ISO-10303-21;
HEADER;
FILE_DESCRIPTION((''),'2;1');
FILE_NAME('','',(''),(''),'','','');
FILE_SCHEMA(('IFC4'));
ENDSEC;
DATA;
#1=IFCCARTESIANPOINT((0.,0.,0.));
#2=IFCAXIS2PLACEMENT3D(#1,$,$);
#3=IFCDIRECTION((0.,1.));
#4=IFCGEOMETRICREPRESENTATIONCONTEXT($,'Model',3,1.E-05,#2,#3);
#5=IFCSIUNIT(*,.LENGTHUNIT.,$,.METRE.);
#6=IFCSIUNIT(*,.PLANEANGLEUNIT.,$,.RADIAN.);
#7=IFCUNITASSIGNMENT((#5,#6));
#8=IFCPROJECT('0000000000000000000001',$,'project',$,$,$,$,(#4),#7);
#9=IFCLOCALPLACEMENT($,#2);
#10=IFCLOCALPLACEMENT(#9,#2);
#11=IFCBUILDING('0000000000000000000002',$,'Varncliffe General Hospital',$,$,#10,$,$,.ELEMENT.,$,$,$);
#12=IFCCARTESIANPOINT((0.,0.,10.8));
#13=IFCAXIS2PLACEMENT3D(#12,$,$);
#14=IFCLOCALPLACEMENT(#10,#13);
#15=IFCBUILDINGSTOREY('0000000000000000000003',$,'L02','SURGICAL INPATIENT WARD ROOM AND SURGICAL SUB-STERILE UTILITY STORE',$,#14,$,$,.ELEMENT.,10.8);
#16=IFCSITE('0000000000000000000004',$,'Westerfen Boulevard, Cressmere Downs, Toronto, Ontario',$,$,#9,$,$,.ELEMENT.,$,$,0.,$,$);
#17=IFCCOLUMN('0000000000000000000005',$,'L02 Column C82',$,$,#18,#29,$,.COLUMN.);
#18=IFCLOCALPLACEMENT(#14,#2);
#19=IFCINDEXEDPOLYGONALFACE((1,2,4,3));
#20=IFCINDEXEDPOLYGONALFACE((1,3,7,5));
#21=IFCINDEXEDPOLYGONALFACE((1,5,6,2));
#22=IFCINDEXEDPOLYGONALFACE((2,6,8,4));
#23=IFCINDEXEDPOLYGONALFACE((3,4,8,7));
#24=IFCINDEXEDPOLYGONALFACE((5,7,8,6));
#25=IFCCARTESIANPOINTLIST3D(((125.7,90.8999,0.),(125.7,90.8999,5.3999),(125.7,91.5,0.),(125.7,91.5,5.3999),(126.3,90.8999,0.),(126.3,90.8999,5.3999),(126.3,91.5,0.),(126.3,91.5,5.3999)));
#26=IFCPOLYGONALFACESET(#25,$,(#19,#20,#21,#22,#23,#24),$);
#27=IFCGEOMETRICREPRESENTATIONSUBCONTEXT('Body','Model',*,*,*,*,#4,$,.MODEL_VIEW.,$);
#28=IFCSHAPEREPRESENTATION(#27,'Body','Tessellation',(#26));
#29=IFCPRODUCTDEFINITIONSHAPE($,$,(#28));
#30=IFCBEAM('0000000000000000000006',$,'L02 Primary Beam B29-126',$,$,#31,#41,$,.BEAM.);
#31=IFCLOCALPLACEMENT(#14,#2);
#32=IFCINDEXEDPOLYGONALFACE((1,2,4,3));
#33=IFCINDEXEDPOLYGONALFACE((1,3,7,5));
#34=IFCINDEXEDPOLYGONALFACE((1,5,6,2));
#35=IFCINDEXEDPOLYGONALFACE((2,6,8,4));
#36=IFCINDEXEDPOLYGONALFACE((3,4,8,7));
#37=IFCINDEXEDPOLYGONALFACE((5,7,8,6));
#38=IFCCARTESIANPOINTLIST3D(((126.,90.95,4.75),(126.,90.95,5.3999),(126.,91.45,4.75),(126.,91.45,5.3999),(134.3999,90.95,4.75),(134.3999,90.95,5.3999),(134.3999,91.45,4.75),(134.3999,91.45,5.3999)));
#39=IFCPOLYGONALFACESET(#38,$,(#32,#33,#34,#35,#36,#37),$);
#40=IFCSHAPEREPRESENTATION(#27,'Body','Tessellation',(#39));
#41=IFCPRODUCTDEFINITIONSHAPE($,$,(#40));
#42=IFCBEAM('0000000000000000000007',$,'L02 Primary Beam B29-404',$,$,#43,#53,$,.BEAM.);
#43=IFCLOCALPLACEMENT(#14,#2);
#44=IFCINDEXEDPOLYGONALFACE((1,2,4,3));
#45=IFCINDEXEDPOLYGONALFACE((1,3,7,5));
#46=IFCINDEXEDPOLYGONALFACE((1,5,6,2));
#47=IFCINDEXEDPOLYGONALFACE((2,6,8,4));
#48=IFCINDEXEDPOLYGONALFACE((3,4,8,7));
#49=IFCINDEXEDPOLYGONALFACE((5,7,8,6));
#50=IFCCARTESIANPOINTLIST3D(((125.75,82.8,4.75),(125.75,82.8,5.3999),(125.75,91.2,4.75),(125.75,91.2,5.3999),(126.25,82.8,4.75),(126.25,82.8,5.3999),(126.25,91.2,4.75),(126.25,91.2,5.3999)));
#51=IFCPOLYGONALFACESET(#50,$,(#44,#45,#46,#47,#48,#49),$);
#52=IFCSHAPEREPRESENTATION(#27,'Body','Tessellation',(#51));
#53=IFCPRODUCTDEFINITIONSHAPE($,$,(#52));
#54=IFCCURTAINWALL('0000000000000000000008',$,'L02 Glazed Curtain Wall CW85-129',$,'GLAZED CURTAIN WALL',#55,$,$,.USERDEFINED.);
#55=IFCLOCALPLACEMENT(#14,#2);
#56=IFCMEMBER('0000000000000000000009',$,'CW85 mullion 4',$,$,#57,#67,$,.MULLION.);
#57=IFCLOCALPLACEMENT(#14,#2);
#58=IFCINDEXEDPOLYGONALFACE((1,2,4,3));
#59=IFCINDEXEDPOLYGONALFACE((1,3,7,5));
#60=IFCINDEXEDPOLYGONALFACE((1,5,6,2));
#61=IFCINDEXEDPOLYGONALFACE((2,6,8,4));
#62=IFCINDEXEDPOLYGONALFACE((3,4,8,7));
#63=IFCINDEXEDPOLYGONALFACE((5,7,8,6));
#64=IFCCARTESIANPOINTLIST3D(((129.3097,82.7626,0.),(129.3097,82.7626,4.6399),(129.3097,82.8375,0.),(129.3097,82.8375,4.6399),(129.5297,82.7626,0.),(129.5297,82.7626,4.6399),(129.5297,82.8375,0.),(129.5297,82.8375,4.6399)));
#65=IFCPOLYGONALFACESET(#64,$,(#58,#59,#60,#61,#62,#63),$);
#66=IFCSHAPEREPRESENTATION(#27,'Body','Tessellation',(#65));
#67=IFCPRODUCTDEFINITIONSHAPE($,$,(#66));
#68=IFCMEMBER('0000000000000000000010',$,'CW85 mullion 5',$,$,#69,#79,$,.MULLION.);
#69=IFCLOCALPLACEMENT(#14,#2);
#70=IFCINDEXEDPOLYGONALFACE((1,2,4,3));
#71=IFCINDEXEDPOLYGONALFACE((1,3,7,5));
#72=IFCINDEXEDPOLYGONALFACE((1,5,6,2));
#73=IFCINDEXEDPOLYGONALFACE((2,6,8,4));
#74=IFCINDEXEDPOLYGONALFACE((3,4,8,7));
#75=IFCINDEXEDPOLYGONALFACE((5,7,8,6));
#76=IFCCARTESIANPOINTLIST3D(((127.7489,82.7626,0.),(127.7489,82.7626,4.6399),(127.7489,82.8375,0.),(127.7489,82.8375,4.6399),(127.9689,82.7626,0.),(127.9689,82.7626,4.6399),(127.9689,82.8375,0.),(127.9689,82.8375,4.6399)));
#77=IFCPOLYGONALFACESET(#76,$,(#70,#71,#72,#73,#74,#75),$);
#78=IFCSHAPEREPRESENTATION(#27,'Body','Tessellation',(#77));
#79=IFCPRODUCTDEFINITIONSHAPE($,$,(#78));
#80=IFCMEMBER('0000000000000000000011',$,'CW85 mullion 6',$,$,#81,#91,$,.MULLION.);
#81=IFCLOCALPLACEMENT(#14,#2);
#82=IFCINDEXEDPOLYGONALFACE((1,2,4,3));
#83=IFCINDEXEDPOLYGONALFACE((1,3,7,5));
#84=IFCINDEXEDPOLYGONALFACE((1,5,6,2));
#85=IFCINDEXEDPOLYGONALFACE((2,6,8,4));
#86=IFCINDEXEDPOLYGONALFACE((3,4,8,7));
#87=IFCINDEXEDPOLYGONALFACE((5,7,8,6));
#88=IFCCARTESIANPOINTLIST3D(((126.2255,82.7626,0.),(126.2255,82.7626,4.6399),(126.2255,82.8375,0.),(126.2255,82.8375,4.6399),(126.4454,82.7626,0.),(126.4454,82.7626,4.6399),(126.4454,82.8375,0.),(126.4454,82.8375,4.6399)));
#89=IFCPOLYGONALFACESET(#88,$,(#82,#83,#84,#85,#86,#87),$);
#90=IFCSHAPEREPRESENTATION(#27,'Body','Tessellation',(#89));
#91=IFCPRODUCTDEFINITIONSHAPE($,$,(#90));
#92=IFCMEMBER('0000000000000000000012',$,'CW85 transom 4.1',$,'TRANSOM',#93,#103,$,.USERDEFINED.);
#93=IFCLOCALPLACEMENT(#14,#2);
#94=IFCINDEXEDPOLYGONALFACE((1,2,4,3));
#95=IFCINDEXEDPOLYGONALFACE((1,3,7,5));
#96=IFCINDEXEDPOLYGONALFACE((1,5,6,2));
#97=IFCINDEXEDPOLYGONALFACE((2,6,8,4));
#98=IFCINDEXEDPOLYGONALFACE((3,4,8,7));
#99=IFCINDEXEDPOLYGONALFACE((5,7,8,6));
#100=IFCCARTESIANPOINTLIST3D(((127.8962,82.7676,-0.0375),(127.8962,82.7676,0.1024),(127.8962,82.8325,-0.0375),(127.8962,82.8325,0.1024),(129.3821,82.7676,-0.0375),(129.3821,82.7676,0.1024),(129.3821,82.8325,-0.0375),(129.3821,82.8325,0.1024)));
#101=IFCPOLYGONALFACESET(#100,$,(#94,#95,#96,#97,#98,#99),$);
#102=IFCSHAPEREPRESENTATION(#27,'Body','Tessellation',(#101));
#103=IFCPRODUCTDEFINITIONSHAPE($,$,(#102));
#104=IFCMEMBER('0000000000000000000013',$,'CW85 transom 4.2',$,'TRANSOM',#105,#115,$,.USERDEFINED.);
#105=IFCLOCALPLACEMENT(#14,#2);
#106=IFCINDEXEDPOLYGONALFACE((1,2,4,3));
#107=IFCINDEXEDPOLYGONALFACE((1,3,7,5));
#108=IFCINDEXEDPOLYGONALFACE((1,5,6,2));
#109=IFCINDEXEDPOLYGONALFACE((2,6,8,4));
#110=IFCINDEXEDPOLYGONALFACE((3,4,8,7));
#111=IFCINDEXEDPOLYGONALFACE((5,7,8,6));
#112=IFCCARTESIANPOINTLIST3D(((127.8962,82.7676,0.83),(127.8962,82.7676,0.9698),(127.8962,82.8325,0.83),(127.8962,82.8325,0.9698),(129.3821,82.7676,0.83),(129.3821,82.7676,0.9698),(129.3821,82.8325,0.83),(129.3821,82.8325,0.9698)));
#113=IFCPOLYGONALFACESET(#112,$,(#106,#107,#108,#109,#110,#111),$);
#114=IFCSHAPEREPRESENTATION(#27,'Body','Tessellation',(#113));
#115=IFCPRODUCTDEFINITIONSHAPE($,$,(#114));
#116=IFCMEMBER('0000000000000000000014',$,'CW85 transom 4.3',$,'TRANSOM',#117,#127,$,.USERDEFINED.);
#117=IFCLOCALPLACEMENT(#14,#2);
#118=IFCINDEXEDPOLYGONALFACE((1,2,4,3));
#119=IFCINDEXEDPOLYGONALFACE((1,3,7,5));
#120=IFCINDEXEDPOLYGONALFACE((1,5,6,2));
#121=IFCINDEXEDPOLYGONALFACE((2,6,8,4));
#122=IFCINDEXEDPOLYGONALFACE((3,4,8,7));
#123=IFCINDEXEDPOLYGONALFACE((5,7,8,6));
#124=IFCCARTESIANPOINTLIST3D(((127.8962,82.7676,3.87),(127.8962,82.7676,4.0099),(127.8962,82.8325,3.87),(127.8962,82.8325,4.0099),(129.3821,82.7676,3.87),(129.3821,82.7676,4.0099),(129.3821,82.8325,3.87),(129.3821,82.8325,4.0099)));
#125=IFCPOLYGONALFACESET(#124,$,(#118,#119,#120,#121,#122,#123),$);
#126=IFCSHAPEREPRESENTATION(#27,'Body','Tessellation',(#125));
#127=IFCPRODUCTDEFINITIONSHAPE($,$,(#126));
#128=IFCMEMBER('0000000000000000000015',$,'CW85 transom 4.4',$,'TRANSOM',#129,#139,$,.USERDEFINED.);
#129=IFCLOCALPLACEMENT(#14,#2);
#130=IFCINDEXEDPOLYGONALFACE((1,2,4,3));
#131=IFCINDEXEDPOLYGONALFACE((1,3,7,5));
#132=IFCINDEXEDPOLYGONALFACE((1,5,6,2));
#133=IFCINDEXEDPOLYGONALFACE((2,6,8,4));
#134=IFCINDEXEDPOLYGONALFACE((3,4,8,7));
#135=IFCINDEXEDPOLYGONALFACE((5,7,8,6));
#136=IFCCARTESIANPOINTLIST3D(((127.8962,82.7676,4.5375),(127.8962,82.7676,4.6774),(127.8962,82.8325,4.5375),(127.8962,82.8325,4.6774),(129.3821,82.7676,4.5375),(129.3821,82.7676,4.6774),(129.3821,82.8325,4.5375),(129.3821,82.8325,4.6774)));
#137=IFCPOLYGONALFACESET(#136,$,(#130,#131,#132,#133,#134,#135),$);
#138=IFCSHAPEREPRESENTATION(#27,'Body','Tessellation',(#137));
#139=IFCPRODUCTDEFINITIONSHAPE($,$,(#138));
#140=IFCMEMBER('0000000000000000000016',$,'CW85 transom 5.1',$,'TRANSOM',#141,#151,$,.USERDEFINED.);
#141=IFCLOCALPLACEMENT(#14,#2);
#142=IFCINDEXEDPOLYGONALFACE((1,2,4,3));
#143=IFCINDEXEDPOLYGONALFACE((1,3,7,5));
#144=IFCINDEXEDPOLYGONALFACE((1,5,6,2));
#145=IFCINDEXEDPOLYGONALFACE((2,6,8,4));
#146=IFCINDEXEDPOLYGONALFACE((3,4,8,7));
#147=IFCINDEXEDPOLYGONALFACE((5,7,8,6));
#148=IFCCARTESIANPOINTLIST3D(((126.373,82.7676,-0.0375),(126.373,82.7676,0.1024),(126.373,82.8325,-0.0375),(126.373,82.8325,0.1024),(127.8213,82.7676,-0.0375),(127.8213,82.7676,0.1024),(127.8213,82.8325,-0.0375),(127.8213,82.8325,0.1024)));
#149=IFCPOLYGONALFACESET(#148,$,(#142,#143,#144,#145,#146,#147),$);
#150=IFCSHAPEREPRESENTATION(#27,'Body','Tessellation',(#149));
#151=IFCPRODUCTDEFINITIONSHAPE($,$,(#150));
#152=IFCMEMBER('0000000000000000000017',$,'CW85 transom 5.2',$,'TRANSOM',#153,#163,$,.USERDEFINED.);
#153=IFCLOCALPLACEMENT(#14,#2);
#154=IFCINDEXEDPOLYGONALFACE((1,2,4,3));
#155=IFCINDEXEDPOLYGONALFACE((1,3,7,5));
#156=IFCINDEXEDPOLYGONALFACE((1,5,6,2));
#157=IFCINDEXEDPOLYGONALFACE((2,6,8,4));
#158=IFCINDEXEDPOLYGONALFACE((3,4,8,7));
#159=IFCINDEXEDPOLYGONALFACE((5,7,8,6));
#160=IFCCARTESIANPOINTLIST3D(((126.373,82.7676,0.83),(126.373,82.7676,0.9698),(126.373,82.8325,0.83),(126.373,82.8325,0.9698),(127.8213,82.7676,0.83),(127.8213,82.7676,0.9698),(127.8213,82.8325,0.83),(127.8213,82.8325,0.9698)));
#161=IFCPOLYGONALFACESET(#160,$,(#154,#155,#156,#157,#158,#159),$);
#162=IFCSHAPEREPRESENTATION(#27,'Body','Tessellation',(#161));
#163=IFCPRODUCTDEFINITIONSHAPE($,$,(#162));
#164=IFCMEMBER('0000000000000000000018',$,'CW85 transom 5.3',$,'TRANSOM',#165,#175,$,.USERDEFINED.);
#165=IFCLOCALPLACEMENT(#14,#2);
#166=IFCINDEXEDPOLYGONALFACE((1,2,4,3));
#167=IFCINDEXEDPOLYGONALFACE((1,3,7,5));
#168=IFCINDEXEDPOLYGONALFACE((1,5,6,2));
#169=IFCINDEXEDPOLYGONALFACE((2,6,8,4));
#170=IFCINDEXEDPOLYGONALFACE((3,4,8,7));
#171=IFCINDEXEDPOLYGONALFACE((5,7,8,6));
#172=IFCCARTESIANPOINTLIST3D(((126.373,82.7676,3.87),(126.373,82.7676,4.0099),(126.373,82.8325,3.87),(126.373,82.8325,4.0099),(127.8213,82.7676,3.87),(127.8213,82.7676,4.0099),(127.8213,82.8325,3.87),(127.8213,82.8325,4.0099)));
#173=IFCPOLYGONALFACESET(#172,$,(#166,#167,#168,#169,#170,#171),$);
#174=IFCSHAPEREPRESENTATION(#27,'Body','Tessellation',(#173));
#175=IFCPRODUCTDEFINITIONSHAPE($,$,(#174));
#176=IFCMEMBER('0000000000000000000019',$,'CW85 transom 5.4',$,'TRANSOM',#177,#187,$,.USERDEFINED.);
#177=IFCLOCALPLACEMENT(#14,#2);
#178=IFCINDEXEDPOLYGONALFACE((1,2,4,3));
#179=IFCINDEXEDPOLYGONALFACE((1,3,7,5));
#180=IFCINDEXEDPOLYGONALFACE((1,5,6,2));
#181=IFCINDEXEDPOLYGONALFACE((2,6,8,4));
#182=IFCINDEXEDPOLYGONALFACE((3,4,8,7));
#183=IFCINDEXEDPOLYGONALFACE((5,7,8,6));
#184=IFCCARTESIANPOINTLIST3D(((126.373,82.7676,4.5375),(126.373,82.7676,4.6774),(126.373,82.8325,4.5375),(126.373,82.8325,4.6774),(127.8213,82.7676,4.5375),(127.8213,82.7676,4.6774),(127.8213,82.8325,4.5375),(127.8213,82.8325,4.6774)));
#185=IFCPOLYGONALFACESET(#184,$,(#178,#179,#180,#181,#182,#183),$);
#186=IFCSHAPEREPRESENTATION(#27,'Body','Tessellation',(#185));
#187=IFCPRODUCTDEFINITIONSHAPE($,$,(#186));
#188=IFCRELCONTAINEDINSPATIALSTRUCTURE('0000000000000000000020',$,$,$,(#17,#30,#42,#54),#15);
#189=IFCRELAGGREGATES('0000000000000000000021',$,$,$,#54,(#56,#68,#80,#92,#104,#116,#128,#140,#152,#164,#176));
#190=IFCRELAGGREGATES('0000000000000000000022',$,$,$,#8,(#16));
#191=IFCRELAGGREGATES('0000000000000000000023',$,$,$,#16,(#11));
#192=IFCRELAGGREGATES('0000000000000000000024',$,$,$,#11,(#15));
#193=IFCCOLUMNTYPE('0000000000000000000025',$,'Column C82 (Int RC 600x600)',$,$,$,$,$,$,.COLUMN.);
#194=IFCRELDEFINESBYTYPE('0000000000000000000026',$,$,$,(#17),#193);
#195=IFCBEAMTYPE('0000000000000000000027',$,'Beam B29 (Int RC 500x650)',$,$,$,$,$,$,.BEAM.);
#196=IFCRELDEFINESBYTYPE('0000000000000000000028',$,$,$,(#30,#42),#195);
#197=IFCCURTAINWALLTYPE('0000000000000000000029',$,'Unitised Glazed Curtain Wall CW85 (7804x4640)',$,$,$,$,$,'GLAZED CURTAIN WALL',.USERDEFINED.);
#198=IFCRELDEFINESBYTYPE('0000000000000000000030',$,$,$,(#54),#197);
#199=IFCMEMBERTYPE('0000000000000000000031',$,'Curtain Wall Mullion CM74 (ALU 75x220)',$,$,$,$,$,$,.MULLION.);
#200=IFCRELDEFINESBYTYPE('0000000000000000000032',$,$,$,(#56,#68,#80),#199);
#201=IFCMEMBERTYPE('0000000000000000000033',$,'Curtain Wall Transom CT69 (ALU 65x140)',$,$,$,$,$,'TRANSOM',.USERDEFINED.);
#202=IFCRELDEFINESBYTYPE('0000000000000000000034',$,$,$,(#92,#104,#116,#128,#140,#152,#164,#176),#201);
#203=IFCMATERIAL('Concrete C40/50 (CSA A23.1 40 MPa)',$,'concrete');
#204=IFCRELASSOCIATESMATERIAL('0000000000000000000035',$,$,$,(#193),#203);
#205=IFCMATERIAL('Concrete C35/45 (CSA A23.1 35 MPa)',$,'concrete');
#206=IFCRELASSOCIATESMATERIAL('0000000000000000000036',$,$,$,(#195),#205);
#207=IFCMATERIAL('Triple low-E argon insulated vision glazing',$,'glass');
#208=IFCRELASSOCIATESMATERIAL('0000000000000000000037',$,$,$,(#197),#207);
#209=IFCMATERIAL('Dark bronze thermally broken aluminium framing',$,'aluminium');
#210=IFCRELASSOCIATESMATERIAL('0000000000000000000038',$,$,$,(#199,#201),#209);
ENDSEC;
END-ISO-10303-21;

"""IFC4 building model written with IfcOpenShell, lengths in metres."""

from ifc_helpers import new_model, si_unit, direction, frame, origin, origin_2d, place, context, subcontext, project, spatial, rectangle, extrude, material, material_profile, profile_set, type_object, element, aggregate, save


model = new_model("IFC4")

# Units and contexts
model_context = context("Model", 3, precision=1e-05, world=origin(), true_north=direction((0.0, 1.0)))
body_context = subcontext(model_context, "Body", "Model", "MODEL_VIEW")
ifc_project = project(units=[si_unit("LENGTHUNIT", "METRE"), si_unit("PLANEANGLEUNIT", "RADIAN")], contexts=[model_context])

# Site, building, storey
site_placement = place(None, origin())
site = spatial("IfcSite", under=ifc_project, at=site_placement, Name="Westerfen Boulevard, Cressmere Downs, Toronto, Ontario", CompositionType="ELEMENT", RefElevation=0.0)
building_placement = place(site_placement, origin())
building = spatial("IfcBuilding", under=site, at=building_placement, Name="Varncliffe General Hospital", CompositionType="ELEMENT")
storey_placement = place(building_placement, frame((0.0, 0.0, 10.8)))
storey = spatial("IfcBuildingStorey", under=building, at=storey_placement, Name="L02", Description="SURGICAL INPATIENT WARD ROOM AND SURGICAL SUB-STERILE UTILITY STORE", CompositionType="ELEMENT", Elevation=10.8)

# Column
ifc_material_1 = material(Name="Concrete C40/50 (CSA A23.1 40 MPa)", Category="concrete")
ifc_material_profile_1 = material_profile(ifc_material_1, rectangle(XDim=0.6001, YDim=0.6001, at=origin_2d()), Name="RC 600x600")
ifc_profile_set_1 = profile_set([ifc_material_profile_1], Name="Concrete C40/50 (CSA A23.1 40 MPa)")
column_type = type_object("IfcColumnType", Name="Column C82 (Int RC 600x600)", PredefinedType="COLUMN", material=ifc_profile_set_1)
column_placement = place(storey_placement, frame((126.0, 91.2, 0.0), z_axis=(0.0, 0.0, 1.0), x_axis=(1.0, 0.0, 0.0)))
element("IfcColumn", 1, at=column_placement, inside=storey, type_object=column_type, Name="L02 Column C82", PredefinedType="COLUMN", context=body_context, shape_type="SweptSolid", body=[
    extrude(rectangle(XDim=0.6001, YDim=0.6001, at=origin_2d()), origin(), (0.0, 0.0, 1.0), 5.3999),
])

# Beams
ifc_material_2 = material(Name="Concrete C35/45 (CSA A23.1 35 MPa)", Category="concrete")
ifc_material_profile_2 = material_profile(ifc_material_2, rectangle(XDim=0.5, YDim=0.6499, at=origin_2d()), Name="RC 500x650")
ifc_profile_set_2 = profile_set([ifc_material_profile_2], Name="Concrete C35/45 (CSA A23.1 35 MPa)")
beam_type_1 = type_object("IfcBeamType", Name="Beam B29 (Int RC 500x650)", PredefinedType="BEAM", material=ifc_profile_set_2)
for number, where, z_axis, x_axis, name in (
    (2, (126.0, 91.2, 5.075), (1.0, 0.0, 0.0), (0.0, 1.0, 0.0), "L02 Primary Beam B29-126"),
    (3, (126.0, 82.8, 5.075), (0.0, 1.0, 0.0), (-1.0, 0.0, 0.0), "L02 Primary Beam B29-404"),
):
    element("IfcBeam", number, at=place(storey_placement, frame(where, z_axis=z_axis, x_axis=x_axis)), inside=storey, type_object=beam_type_1, Name=name, PredefinedType="BEAM", context=body_context, shape_type="SweptSolid", body=[
        extrude(rectangle(XDim=0.5, YDim=0.6499, at=origin_2d()), origin(), (0.0, 0.0, 1.0), 8.3999),
    ])

# Curtain wall, members
ifc_material_3 = material(Name="Triple low-E argon insulated vision glazing", Category="glass")
curtain_wall_type = type_object("IfcCurtainWallType", Name="Unitised Glazed Curtain Wall CW85 (7804x4640)", ElementType="GLAZED CURTAIN WALL", PredefinedType="USERDEFINED", material=ifc_material_3)
curtain_wall_placement = place(storey_placement, origin())
curtain_wall = element("IfcCurtainWall", 4, at=curtain_wall_placement, inside=storey, type_object=curtain_wall_type, Name="L02 Glazed Curtain Wall CW85-129", ObjectType="GLAZED CURTAIN WALL", PredefinedType="USERDEFINED")
ifc_material_4 = material(Name="Dark bronze thermally broken aluminium framing", Category="aluminium")
ifc_material_profile_3 = material_profile(ifc_material_4, rectangle(XDim=0.075, YDim=0.22, at=origin_2d()), Name="ALU 75x220")
ifc_profile_set_3 = profile_set([ifc_material_profile_3], Name="Dark bronze thermally broken aluminium framing")
member_type_1 = type_object("IfcMemberType", Name="Curtain Wall Mullion CM74 (ALU 75x220)", PredefinedType="MULLION", material=ifc_profile_set_3)
member_1_placement = place(storey_placement, frame((129.4197, 82.8, 0.0), z_axis=(0.0, 0.0, 1.0), x_axis=(0.0, -1.0, 0.0)))
member_1 = element("IfcMember", 5, at=member_1_placement, type_object=member_type_1, Name="CW85 mullion 4", PredefinedType="MULLION", context=body_context, shape_type="SweptSolid", body=[
    extrude(rectangle(XDim=0.075, YDim=0.22, at=origin_2d()), origin(), (0.0, 0.0, 1.0), 4.6399),
])
member_2_placement = place(storey_placement, frame((127.8589, 82.8, 0.0), z_axis=(0.0, 0.0, 1.0), x_axis=(0.0, -1.0, 0.0)))
member_2 = element("IfcMember", 6, at=member_2_placement, type_object=member_type_1, Name="CW85 mullion 5", PredefinedType="MULLION", context=body_context, shape_type="SweptSolid", body=[
    extrude(rectangle(XDim=0.075, YDim=0.22, at=origin_2d()), origin(), (0.0, 0.0, 1.0), 4.6399),
])
member_3_placement = place(storey_placement, frame((126.3354, 82.8, 0.0), z_axis=(0.0, 0.0, 1.0), x_axis=(0.0, -1.0, 0.0)))
member_3 = element("IfcMember", 7, at=member_3_placement, type_object=member_type_1, Name="CW85 mullion 6", PredefinedType="MULLION", context=body_context, shape_type="SweptSolid", body=[
    extrude(rectangle(XDim=0.075, YDim=0.22, at=origin_2d()), origin(), (0.0, 0.0, 1.0), 4.6399),
])
ifc_material_profile_4 = material_profile(ifc_material_4, rectangle(XDim=0.0649, YDim=0.1399, at=origin_2d()), Name="ALU 65x140")
ifc_profile_set_4 = profile_set([ifc_material_profile_4], Name="Dark bronze thermally broken aluminium framing")
member_type_2 = type_object("IfcMemberType", Name="Curtain Wall Transom CT69 (ALU 65x140)", ElementType="TRANSOM", PredefinedType="USERDEFINED", material=ifc_profile_set_4)
member_4_placement = place(storey_placement, frame((129.3821, 82.8, 0.0325), z_axis=(-1.0, 0.0, 0.0), x_axis=(0.0, -1.0, 0.0)))
member_4 = element("IfcMember", 8, at=member_4_placement, type_object=member_type_2, Name="CW85 transom 4.1", ObjectType="TRANSOM", PredefinedType="USERDEFINED", context=body_context, shape_type="SweptSolid", body=[
    extrude(rectangle(XDim=0.0649, YDim=0.1399, at=origin_2d()), origin(), (0.0, 0.0, 1.0), 1.4858),
])
member_5_placement = place(storey_placement, frame((129.3821, 82.8, 0.8999), z_axis=(-1.0, 0.0, 0.0), x_axis=(0.0, -1.0, 0.0)))
member_5 = element("IfcMember", 9, at=member_5_placement, type_object=member_type_2, Name="CW85 transom 4.2", ObjectType="TRANSOM", PredefinedType="USERDEFINED", context=body_context, shape_type="SweptSolid", body=[
    extrude(rectangle(XDim=0.0649, YDim=0.1399, at=origin_2d()), origin(), (0.0, 0.0, 1.0), 1.4858),
])
member_6_placement = place(storey_placement, frame((129.3821, 82.8, 3.9399), z_axis=(-1.0, 0.0, 0.0), x_axis=(0.0, -1.0, 0.0)))
member_6 = element("IfcMember", 10, at=member_6_placement, type_object=member_type_2, Name="CW85 transom 4.3", ObjectType="TRANSOM", PredefinedType="USERDEFINED", context=body_context, shape_type="SweptSolid", body=[
    extrude(rectangle(XDim=0.0649, YDim=0.1399, at=origin_2d()), origin(), (0.0, 0.0, 1.0), 1.4858),
])
member_7_placement = place(storey_placement, frame((129.3821, 82.8, 4.6074), z_axis=(-1.0, 0.0, 0.0), x_axis=(0.0, -1.0, 0.0)))
member_7 = element("IfcMember", 11, at=member_7_placement, type_object=member_type_2, Name="CW85 transom 4.4", ObjectType="TRANSOM", PredefinedType="USERDEFINED", context=body_context, shape_type="SweptSolid", body=[
    extrude(rectangle(XDim=0.0649, YDim=0.1399, at=origin_2d()), origin(), (0.0, 0.0, 1.0), 1.4858),
])
member_8_placement = place(storey_placement, frame((127.8213, 82.8, 0.0325), z_axis=(-1.0, 0.0, 0.0), x_axis=(0.0, -1.0, 0.0)))
member_8 = element("IfcMember", 12, at=member_8_placement, type_object=member_type_2, Name="CW85 transom 5.1", ObjectType="TRANSOM", PredefinedType="USERDEFINED", context=body_context, shape_type="SweptSolid", body=[
    extrude(rectangle(XDim=0.0649, YDim=0.1399, at=origin_2d()), origin(), (0.0, 0.0, 1.0), 1.4482),
])
member_9_placement = place(storey_placement, frame((127.8213, 82.8, 0.8999), z_axis=(-1.0, 0.0, 0.0), x_axis=(0.0, -1.0, 0.0)))
member_9 = element("IfcMember", 13, at=member_9_placement, type_object=member_type_2, Name="CW85 transom 5.2", ObjectType="TRANSOM", PredefinedType="USERDEFINED", context=body_context, shape_type="SweptSolid", body=[
    extrude(rectangle(XDim=0.0649, YDim=0.1399, at=origin_2d()), origin(), (0.0, 0.0, 1.0), 1.4482),
])
member_10_placement = place(storey_placement, frame((127.8213, 82.8, 3.9399), z_axis=(-1.0, 0.0, 0.0), x_axis=(0.0, -1.0, 0.0)))
member_10 = element("IfcMember", 14, at=member_10_placement, type_object=member_type_2, Name="CW85 transom 5.3", ObjectType="TRANSOM", PredefinedType="USERDEFINED", context=body_context, shape_type="SweptSolid", body=[
    extrude(rectangle(XDim=0.0649, YDim=0.1399, at=origin_2d()), origin(), (0.0, 0.0, 1.0), 1.4482),
])
member_11_placement = place(storey_placement, frame((127.8213, 82.8, 4.6074), z_axis=(-1.0, 0.0, 0.0), x_axis=(0.0, -1.0, 0.0)))
member_11 = element("IfcMember", 15, at=member_11_placement, type_object=member_type_2, Name="CW85 transom 5.4", ObjectType="TRANSOM", PredefinedType="USERDEFINED", context=body_context, shape_type="SweptSolid", body=[
    extrude(rectangle(XDim=0.0649, YDim=0.1399, at=origin_2d()), origin(), (0.0, 0.0, 1.0), 1.4482),
])

aggregate(curtain_wall, [member_1, member_2, member_3, member_4, member_5, member_6, member_7, member_8, member_9, member_10, member_11])

save(model, "model.ifc")
